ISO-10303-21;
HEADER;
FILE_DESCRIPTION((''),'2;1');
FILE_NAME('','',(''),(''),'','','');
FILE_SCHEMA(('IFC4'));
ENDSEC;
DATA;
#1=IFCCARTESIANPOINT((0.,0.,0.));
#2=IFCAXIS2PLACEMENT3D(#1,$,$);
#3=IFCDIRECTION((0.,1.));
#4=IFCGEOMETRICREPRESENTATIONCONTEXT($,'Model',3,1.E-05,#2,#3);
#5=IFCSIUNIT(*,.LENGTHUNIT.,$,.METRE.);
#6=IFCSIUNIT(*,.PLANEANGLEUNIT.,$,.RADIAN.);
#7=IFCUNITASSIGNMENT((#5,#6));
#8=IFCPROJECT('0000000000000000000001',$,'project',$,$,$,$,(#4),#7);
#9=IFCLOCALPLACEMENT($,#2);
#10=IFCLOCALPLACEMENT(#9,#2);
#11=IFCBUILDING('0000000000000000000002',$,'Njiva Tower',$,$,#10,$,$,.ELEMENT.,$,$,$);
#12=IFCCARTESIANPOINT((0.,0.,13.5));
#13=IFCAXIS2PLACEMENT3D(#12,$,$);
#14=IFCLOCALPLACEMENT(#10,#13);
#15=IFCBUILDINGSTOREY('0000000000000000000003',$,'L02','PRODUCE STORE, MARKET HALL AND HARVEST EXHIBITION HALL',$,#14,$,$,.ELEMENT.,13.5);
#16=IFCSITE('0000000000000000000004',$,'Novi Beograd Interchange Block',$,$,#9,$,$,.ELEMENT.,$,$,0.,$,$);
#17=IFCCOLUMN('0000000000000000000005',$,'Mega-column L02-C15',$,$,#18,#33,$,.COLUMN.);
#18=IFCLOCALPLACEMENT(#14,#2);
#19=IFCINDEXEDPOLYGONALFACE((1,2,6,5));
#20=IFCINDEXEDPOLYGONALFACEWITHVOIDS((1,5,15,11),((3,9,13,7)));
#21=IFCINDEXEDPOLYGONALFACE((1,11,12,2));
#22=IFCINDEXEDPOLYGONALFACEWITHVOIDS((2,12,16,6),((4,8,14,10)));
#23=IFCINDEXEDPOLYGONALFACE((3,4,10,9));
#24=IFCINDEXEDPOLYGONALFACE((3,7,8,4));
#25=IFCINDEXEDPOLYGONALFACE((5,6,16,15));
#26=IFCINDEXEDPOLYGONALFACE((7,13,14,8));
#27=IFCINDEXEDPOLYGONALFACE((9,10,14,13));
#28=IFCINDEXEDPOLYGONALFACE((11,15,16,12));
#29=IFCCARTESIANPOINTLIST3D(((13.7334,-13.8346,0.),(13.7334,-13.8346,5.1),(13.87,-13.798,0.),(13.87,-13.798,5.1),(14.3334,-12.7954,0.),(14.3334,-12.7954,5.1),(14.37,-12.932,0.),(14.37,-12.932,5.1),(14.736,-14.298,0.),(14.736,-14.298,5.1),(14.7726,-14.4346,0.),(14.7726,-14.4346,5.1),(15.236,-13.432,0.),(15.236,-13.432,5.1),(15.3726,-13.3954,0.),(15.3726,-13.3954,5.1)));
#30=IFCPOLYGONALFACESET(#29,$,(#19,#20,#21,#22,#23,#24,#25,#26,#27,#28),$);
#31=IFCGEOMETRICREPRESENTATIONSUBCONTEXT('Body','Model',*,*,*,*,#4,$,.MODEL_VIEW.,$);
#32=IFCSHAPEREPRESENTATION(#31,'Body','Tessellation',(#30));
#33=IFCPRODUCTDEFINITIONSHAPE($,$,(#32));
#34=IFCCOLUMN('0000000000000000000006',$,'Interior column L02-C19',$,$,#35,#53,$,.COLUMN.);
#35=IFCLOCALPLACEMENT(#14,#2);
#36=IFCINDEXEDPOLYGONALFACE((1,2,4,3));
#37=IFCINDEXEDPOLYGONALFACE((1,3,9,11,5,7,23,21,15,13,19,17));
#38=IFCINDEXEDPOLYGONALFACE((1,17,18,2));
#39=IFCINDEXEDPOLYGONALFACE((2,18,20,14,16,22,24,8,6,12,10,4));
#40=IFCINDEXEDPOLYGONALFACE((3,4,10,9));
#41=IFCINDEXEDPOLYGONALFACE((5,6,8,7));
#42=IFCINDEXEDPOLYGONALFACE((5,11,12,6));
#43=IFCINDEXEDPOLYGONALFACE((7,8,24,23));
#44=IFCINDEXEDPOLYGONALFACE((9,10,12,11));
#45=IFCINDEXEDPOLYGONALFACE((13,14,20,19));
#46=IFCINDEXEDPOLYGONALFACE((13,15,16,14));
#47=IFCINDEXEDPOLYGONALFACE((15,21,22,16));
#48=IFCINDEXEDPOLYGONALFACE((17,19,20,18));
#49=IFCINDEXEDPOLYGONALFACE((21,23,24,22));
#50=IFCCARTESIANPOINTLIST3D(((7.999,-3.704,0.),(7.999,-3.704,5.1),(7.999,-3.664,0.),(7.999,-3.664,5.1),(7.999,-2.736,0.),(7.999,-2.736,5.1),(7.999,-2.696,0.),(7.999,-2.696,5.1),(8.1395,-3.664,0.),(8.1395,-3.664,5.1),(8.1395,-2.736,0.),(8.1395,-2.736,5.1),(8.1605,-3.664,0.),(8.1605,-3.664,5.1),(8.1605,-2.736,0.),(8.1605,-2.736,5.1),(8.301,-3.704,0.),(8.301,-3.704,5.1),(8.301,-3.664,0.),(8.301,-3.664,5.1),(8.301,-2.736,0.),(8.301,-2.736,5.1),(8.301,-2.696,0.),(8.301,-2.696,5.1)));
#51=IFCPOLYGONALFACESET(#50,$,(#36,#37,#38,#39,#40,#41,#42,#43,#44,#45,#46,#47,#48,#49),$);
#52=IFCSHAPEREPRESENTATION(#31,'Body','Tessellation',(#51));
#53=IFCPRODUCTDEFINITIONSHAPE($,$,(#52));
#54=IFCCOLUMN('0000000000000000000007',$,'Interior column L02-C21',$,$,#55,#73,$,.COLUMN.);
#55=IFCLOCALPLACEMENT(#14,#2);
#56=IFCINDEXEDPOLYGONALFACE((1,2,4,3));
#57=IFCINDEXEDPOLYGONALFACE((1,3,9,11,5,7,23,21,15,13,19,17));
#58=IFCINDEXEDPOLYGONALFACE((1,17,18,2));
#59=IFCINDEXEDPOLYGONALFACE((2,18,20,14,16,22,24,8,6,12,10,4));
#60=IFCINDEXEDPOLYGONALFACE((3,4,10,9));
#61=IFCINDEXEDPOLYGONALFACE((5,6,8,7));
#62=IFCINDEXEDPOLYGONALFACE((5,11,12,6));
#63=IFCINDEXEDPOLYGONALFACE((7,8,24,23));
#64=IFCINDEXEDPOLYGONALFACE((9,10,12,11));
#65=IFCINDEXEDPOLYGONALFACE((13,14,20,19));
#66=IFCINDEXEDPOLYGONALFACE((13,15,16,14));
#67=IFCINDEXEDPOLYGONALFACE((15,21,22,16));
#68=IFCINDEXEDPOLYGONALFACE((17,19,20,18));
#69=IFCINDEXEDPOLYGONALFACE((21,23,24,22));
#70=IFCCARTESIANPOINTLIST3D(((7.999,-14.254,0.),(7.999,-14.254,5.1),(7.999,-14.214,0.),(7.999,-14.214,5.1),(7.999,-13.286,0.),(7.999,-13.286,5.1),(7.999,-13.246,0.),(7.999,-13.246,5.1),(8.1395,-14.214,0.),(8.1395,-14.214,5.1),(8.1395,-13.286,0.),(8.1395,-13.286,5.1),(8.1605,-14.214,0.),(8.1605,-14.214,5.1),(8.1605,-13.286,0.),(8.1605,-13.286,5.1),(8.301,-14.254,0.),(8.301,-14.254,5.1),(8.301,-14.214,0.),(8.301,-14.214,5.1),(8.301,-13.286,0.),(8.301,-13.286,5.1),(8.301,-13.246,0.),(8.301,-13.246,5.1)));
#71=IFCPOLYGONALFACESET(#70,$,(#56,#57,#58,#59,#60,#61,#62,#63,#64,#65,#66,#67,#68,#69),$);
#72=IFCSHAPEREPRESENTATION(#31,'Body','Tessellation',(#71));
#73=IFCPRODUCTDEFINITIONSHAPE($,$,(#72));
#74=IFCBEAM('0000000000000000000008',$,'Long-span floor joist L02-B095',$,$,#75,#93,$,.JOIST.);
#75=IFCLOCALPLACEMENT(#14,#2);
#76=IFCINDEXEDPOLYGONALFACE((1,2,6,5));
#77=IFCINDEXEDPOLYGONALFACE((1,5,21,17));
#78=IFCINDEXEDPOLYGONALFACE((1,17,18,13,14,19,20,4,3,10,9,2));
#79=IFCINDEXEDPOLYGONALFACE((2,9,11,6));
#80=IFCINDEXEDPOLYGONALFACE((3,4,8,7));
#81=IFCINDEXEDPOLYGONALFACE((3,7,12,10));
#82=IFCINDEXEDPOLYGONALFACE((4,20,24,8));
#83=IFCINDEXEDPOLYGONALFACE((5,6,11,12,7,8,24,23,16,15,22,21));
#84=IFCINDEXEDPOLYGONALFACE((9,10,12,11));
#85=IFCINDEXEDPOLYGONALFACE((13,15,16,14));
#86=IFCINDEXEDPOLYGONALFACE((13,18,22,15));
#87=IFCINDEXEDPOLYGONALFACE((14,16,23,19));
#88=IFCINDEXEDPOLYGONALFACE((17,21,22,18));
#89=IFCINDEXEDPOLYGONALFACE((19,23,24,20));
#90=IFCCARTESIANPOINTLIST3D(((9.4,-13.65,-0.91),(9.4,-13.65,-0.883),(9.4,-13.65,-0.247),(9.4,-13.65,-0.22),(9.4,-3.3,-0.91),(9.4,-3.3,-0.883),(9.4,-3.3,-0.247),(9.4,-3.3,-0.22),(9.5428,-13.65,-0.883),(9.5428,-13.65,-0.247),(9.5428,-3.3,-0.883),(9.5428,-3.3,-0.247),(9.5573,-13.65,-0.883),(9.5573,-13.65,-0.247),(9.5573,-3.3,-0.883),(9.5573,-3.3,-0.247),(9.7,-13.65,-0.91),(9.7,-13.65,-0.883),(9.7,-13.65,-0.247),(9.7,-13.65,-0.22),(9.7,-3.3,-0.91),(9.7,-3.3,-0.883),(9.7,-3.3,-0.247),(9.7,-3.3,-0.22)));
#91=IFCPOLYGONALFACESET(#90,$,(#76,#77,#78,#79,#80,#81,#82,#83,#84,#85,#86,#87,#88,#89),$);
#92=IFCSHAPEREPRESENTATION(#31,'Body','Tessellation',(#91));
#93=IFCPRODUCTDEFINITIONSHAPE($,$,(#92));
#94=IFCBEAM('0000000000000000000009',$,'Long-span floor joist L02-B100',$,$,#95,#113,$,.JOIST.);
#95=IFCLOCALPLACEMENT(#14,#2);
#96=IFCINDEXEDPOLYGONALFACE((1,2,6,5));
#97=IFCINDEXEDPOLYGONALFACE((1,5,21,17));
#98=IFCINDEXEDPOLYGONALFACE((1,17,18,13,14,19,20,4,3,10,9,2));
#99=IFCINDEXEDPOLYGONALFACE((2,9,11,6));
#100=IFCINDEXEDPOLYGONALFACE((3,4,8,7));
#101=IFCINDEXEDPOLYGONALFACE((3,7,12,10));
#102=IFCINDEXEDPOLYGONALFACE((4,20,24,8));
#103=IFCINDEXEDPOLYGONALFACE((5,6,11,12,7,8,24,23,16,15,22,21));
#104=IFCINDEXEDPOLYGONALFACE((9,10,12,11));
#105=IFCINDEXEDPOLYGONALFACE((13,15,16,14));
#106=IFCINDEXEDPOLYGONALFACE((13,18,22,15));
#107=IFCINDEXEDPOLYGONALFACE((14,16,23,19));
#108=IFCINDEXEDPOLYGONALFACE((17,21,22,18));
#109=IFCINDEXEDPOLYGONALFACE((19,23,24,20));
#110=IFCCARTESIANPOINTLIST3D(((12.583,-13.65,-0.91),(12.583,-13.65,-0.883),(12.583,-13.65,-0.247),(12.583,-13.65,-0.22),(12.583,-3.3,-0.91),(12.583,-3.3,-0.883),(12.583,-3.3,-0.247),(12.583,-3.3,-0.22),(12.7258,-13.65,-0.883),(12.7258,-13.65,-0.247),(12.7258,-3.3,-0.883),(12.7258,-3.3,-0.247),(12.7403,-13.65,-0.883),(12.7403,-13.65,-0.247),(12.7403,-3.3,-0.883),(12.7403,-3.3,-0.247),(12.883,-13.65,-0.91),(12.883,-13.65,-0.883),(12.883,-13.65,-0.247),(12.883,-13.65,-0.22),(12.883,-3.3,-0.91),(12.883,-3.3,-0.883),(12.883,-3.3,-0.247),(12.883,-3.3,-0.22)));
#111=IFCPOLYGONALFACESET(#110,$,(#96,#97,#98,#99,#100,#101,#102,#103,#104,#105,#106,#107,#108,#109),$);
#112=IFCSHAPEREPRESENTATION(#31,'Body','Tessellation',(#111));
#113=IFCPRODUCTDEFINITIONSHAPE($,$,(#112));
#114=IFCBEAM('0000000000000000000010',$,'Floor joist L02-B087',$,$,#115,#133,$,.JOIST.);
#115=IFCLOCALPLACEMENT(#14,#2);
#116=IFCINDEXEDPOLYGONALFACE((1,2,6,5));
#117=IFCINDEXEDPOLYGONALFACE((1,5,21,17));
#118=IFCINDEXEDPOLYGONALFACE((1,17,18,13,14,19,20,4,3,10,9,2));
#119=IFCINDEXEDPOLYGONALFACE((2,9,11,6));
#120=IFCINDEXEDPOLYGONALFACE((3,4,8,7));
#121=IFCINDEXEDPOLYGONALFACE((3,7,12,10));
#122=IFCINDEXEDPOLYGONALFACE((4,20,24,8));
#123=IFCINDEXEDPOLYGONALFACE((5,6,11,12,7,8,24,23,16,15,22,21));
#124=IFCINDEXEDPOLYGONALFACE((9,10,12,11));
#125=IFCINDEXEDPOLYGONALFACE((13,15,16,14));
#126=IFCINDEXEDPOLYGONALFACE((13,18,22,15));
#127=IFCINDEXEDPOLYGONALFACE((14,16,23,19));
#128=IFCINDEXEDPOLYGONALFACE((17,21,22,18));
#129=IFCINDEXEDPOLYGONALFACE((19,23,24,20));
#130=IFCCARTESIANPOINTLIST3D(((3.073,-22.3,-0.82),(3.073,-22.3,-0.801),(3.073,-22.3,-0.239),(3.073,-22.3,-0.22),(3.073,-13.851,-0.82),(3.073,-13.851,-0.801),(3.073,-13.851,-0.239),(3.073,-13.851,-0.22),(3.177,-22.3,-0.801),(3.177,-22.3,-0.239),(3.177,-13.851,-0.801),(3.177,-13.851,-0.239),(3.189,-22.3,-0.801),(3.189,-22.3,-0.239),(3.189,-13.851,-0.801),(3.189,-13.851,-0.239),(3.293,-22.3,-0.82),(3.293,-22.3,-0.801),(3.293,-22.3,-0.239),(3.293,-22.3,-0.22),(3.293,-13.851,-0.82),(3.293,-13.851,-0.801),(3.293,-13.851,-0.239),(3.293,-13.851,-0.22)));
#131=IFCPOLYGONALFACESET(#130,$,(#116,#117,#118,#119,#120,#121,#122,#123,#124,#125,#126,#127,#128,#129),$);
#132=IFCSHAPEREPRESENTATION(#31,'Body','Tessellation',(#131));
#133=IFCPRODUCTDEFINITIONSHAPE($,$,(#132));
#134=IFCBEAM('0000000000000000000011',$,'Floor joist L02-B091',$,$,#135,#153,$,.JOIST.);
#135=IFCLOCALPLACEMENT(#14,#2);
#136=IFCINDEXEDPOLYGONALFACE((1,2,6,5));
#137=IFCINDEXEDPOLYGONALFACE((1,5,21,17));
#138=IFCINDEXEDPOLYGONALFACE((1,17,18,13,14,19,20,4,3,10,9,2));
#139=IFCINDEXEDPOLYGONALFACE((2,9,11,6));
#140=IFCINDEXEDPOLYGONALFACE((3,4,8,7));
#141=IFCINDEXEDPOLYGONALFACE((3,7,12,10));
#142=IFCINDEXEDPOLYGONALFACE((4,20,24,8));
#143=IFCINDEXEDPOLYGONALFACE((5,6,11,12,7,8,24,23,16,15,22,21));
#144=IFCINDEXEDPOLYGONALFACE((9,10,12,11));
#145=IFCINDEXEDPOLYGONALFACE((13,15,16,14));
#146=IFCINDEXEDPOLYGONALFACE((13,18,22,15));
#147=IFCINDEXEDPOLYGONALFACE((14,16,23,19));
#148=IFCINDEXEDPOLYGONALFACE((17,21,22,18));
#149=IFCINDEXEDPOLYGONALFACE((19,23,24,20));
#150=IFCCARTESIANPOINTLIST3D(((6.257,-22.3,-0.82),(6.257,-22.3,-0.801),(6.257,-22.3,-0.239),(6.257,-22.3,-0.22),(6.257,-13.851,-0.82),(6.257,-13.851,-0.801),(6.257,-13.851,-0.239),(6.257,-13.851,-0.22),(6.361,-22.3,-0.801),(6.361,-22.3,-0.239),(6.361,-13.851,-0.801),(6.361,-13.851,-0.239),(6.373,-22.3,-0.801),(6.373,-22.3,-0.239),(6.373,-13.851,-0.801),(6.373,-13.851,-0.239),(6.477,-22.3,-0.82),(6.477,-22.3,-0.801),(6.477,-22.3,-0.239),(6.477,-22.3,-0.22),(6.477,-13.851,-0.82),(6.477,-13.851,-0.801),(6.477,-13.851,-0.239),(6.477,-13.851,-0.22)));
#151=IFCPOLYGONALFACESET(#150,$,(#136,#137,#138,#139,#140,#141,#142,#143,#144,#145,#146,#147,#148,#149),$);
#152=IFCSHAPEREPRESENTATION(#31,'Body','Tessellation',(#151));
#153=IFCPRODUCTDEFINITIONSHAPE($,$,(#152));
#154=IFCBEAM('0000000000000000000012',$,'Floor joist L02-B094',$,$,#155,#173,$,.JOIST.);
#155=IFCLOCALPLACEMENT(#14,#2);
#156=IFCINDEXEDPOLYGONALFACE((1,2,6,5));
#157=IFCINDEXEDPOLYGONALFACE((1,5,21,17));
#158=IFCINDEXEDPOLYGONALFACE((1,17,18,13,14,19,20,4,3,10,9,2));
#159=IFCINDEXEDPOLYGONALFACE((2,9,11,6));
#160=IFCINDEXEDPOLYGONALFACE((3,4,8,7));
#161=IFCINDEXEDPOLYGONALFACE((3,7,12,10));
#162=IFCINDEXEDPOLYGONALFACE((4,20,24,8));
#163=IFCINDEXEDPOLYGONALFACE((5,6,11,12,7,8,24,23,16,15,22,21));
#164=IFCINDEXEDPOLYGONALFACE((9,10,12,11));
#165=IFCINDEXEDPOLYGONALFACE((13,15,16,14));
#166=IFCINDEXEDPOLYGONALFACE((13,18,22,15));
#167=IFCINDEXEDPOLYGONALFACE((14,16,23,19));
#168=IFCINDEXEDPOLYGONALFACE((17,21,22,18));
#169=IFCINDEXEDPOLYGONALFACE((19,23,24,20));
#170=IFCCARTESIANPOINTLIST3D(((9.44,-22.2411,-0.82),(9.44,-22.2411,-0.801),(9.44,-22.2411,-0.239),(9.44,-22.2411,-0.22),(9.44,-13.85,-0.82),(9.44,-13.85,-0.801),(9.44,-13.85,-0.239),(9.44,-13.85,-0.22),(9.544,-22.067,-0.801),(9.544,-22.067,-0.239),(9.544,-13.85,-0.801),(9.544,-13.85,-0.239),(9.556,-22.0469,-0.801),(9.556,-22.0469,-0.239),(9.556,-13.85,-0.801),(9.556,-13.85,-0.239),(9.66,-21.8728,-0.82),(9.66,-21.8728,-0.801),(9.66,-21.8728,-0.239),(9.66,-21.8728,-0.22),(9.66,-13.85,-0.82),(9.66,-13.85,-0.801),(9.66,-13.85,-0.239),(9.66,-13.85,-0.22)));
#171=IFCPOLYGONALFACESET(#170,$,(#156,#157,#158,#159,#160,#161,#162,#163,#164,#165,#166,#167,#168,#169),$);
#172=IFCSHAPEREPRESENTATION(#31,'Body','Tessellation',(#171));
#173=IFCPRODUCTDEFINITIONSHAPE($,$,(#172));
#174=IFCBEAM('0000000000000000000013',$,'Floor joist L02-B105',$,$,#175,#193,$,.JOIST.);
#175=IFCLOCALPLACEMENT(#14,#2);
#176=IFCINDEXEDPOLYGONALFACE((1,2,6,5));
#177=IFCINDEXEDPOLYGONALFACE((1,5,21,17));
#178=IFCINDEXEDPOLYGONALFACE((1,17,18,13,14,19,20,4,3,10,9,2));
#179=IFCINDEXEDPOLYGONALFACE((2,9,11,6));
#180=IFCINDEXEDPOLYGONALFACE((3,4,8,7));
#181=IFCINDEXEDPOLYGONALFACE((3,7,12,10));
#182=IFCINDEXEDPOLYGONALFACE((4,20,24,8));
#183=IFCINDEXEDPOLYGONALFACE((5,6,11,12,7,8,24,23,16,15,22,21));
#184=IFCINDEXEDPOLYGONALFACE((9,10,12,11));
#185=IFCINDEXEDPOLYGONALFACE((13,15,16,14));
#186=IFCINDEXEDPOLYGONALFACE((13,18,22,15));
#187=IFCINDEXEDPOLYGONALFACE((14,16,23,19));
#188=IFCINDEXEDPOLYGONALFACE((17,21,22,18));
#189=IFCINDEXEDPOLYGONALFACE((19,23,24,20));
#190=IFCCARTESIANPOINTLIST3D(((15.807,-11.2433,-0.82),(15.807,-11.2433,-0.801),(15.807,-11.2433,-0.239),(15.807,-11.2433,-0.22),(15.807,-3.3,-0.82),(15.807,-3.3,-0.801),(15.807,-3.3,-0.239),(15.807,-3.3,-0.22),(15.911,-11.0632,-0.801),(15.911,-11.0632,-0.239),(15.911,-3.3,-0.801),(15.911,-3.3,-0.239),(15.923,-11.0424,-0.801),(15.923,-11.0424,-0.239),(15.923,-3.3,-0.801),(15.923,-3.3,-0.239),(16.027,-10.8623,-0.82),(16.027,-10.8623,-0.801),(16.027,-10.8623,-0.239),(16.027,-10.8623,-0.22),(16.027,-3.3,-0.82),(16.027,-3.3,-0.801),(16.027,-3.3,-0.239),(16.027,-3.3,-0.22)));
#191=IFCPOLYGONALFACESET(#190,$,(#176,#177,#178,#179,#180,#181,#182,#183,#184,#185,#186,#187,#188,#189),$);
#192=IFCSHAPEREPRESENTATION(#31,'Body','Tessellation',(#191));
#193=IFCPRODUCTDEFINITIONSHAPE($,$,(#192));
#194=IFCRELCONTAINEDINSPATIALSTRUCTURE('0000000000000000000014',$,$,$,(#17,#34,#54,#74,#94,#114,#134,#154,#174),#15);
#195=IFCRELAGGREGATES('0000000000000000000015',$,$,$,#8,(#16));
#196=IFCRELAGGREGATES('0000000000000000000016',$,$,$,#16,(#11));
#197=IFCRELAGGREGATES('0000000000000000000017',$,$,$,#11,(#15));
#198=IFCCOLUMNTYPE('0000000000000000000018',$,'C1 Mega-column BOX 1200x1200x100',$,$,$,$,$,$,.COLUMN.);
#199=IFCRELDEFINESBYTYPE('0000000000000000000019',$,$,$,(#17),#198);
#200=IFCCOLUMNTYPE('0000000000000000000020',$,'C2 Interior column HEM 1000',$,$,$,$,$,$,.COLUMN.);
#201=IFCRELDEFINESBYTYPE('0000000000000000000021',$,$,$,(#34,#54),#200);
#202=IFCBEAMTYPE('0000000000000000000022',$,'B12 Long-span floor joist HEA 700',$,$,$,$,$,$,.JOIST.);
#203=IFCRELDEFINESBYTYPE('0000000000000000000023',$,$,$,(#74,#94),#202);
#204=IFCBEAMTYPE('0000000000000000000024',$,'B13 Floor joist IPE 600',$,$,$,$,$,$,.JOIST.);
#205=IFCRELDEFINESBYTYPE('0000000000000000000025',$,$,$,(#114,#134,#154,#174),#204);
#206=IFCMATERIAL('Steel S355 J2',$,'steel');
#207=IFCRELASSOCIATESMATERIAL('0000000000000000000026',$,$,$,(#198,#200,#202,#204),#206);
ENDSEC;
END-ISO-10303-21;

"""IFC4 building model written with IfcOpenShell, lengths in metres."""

from ifc_helpers import new_model, si_unit, direction, frame, origin, origin_2d, place, context, subcontext, project, spatial, hollow_rectangle, i_section, extrude, clip, halfspace, material, material_profile, profile_set, type_object, element, save


model = new_model("IFC4")

# Units and contexts
model_context = context("Model", 3, precision=1e-05, world=origin(), true_north=direction((0.0, 1.0)))
body_context = subcontext(model_context, "Body", "Model", "MODEL_VIEW")
ifc_project = project(units=[si_unit("LENGTHUNIT", "METRE"), si_unit("PLANEANGLEUNIT", "RADIAN")], contexts=[model_context])

# Site, building, storey
site_placement = place(None, origin())
site = spatial("IfcSite", under=ifc_project, at=site_placement, Name="Novi Beograd Interchange Block", CompositionType="ELEMENT", RefElevation=0.0)
building_placement = place(site_placement, origin())
building = spatial("IfcBuilding", under=site, at=building_placement, Name="Njiva Tower", CompositionType="ELEMENT")
storey_placement = place(building_placement, frame((0.0, 0.0, 13.5)))
storey = spatial("IfcBuildingStorey", under=building, at=storey_placement, Name="L02", Description="PRODUCE STORE, MARKET HALL AND HARVEST EXHIBITION HALL", CompositionType="ELEMENT", Elevation=13.5)

# Columns
ifc_material_1 = material(Name="Steel S355 J2", Category="steel")
ifc_material_profile_1 = material_profile(ifc_material_1, hollow_rectangle(XDim=1.2, YDim=1.2, WallThickness=0.1, at=origin_2d()), Name="BOX 1200x1200x100")
ifc_profile_set_1 = profile_set([ifc_material_profile_1], Name="Steel S355 J2")
column_type_1 = type_object("IfcColumnType", Name="C1 Mega-column BOX 1200x1200x100", PredefinedType="COLUMN", material=ifc_profile_set_1)
column_placement = place(storey_placement, frame((14.553, -13.615, 0.0), z_axis=(0.0, 0.0, 1.0), x_axis=(0.5, 0.866025, 0.0)))
element("IfcColumn", 1, at=column_placement, inside=storey, type_object=column_type_1, Name="Mega-column L02-C15", PredefinedType="COLUMN", context=body_context, shape_type="SweptSolid", body=[
    extrude(hollow_rectangle(XDim=1.2, YDim=1.2, WallThickness=0.1, at=origin_2d()), origin(), (0.0, 0.0, 1.0), 5.1),
])
ifc_material_profile_2 = material_profile(ifc_material_1, i_section(OverallWidth=0.302, OverallDepth=1.008, WebThickness=0.021, FlangeThickness=0.04, at=origin_2d()), Name="HEM 1000")
ifc_profile_set_2 = profile_set([ifc_material_profile_2], Name="Steel S355 J2")
column_type_2 = type_object("IfcColumnType", Name="C2 Interior column HEM 1000", PredefinedType="COLUMN", material=ifc_profile_set_2)
for number, where, z_axis, x_axis, name in (
    (2, (8.15, -3.2, 0.0), (0.0, 0.0, 1.0), (1.0, 0.0, 0.0), "Interior column L02-C19"),
    (3, (8.15, -13.75, 0.0), (0.0, 0.0, 1.0), (1.0, 0.0, 0.0), "Interior column L02-C21"),
):
    element("IfcColumn", number, at=place(storey_placement, frame(where, z_axis=z_axis, x_axis=x_axis)), inside=storey, type_object=column_type_2, Name=name, PredefinedType="COLUMN", context=body_context, shape_type="SweptSolid", body=[
        extrude(i_section(OverallWidth=0.302, OverallDepth=1.008, WebThickness=0.021, FlangeThickness=0.04, at=origin_2d()), origin(), (0.0, 0.0, 1.0), 5.1),
    ])

# Beams
ifc_material_profile_3 = material_profile(ifc_material_1, i_section(OverallWidth=0.3, OverallDepth=0.69, WebThickness=0.0145, FlangeThickness=0.027, at=origin_2d()), Name="HEA 700")
ifc_profile_set_3 = profile_set([ifc_material_profile_3], Name="Steel S355 J2")
beam_type_1 = type_object("IfcBeamType", Name="B12 Long-span floor joist HEA 700", PredefinedType="JOIST", material=ifc_profile_set_3)
for number, where, z_axis, x_axis, name in (
    (4, (9.55, -3.3, -0.565), (0.0, -1.0, 0.0), (1.0, 0.0, 0.0), "Long-span floor joist L02-B095"),
    (5, (12.733, -3.3, -0.565), (0.0, -1.0, 0.0), (1.0, 0.0, 0.0), "Long-span floor joist L02-B100"),
):
    element("IfcBeam", number, at=place(storey_placement, frame(where, z_axis=z_axis, x_axis=x_axis)), inside=storey, type_object=beam_type_1, Name=name, PredefinedType="JOIST", context=body_context, shape_type="SweptSolid", body=[
        extrude(i_section(OverallWidth=0.3, OverallDepth=0.69, WebThickness=0.0145, FlangeThickness=0.027, at=origin_2d()), origin(), (0.0, 0.0, 1.0), 10.35),
    ])
ifc_material_profile_4 = material_profile(ifc_material_1, i_section(OverallWidth=0.22, OverallDepth=0.6, WebThickness=0.012, FlangeThickness=0.019, at=origin_2d()), Name="IPE 600")
ifc_profile_set_4 = profile_set([ifc_material_profile_4], Name="Steel S355 J2")
beam_type_2 = type_object("IfcBeamType", Name="B13 Floor joist IPE 600", PredefinedType="JOIST", material=ifc_profile_set_4)
for number, where, z_axis, x_axis, name in (
    (6, (3.183, -13.851, -0.52), (0.0, -1.0, 0.0), (1.0, 0.0, 0.0), "Floor joist L02-B087"),
    (7, (6.367, -13.851, -0.52), (0.0, -1.0, 0.0), (1.0, 0.0, 0.0), "Floor joist L02-B091"),
):
    element("IfcBeam", number, at=place(storey_placement, frame(where, z_axis=z_axis, x_axis=x_axis)), inside=storey, type_object=beam_type_2, Name=name, PredefinedType="JOIST", context=body_context, shape_type="SweptSolid", body=[
        extrude(i_section(OverallWidth=0.22, OverallDepth=0.6, WebThickness=0.012, FlangeThickness=0.019, at=origin_2d()), origin(), (0.0, 0.0, 1.0), 8.449),
    ])
beam_1_placement = place(storey_placement, frame((9.55, -13.85, -0.52), z_axis=(0.0, -1.0, 0.0), x_axis=(1.0, 0.0, 0.0)))
element("IfcBeam", 8, at=beam_1_placement, inside=storey, type_object=beam_type_2, Name="Floor joist L02-B094", PredefinedType="JOIST", context=body_context, shape_type="Clipping", body=[
    clip(extrude(i_section(OverallWidth=0.22, OverallDepth=0.6, WebThickness=0.012, FlangeThickness=0.019, at=origin_2d()), origin(), (0.0, 0.0, 1.0), 8.411), halfspace(frame((0.0429, 0.0, 8.1351), z_axis=(0.858483, 0.0, 0.512842), x_axis=(0.0, 1.0, 0.0)), False)),
])
beam_2_placement = place(storey_placement, frame((15.917, -3.3, -0.52), z_axis=(0.0, -1.0, 0.0), x_axis=(1.0, 0.0, 0.0)))
element("IfcBeam", 9, at=beam_2_placement, inside=storey, type_object=beam_type_2, Name="Floor joist L02-B105", PredefinedType="JOIST", context=body_context, shape_type="Clipping", body=[
    clip(extrude(i_section(OverallWidth=0.22, OverallDepth=0.6, WebThickness=0.012, FlangeThickness=0.019, at=origin_2d()), origin(), (0.0, 0.0, 1.0), 7.964), halfspace(frame((0.043, 0.0, 7.6783), z_axis=(0.866027, 0.0, 0.499998), x_axis=(0.0, 1.0, 0.0)), False)),
])

save(model, "model.ifc")
